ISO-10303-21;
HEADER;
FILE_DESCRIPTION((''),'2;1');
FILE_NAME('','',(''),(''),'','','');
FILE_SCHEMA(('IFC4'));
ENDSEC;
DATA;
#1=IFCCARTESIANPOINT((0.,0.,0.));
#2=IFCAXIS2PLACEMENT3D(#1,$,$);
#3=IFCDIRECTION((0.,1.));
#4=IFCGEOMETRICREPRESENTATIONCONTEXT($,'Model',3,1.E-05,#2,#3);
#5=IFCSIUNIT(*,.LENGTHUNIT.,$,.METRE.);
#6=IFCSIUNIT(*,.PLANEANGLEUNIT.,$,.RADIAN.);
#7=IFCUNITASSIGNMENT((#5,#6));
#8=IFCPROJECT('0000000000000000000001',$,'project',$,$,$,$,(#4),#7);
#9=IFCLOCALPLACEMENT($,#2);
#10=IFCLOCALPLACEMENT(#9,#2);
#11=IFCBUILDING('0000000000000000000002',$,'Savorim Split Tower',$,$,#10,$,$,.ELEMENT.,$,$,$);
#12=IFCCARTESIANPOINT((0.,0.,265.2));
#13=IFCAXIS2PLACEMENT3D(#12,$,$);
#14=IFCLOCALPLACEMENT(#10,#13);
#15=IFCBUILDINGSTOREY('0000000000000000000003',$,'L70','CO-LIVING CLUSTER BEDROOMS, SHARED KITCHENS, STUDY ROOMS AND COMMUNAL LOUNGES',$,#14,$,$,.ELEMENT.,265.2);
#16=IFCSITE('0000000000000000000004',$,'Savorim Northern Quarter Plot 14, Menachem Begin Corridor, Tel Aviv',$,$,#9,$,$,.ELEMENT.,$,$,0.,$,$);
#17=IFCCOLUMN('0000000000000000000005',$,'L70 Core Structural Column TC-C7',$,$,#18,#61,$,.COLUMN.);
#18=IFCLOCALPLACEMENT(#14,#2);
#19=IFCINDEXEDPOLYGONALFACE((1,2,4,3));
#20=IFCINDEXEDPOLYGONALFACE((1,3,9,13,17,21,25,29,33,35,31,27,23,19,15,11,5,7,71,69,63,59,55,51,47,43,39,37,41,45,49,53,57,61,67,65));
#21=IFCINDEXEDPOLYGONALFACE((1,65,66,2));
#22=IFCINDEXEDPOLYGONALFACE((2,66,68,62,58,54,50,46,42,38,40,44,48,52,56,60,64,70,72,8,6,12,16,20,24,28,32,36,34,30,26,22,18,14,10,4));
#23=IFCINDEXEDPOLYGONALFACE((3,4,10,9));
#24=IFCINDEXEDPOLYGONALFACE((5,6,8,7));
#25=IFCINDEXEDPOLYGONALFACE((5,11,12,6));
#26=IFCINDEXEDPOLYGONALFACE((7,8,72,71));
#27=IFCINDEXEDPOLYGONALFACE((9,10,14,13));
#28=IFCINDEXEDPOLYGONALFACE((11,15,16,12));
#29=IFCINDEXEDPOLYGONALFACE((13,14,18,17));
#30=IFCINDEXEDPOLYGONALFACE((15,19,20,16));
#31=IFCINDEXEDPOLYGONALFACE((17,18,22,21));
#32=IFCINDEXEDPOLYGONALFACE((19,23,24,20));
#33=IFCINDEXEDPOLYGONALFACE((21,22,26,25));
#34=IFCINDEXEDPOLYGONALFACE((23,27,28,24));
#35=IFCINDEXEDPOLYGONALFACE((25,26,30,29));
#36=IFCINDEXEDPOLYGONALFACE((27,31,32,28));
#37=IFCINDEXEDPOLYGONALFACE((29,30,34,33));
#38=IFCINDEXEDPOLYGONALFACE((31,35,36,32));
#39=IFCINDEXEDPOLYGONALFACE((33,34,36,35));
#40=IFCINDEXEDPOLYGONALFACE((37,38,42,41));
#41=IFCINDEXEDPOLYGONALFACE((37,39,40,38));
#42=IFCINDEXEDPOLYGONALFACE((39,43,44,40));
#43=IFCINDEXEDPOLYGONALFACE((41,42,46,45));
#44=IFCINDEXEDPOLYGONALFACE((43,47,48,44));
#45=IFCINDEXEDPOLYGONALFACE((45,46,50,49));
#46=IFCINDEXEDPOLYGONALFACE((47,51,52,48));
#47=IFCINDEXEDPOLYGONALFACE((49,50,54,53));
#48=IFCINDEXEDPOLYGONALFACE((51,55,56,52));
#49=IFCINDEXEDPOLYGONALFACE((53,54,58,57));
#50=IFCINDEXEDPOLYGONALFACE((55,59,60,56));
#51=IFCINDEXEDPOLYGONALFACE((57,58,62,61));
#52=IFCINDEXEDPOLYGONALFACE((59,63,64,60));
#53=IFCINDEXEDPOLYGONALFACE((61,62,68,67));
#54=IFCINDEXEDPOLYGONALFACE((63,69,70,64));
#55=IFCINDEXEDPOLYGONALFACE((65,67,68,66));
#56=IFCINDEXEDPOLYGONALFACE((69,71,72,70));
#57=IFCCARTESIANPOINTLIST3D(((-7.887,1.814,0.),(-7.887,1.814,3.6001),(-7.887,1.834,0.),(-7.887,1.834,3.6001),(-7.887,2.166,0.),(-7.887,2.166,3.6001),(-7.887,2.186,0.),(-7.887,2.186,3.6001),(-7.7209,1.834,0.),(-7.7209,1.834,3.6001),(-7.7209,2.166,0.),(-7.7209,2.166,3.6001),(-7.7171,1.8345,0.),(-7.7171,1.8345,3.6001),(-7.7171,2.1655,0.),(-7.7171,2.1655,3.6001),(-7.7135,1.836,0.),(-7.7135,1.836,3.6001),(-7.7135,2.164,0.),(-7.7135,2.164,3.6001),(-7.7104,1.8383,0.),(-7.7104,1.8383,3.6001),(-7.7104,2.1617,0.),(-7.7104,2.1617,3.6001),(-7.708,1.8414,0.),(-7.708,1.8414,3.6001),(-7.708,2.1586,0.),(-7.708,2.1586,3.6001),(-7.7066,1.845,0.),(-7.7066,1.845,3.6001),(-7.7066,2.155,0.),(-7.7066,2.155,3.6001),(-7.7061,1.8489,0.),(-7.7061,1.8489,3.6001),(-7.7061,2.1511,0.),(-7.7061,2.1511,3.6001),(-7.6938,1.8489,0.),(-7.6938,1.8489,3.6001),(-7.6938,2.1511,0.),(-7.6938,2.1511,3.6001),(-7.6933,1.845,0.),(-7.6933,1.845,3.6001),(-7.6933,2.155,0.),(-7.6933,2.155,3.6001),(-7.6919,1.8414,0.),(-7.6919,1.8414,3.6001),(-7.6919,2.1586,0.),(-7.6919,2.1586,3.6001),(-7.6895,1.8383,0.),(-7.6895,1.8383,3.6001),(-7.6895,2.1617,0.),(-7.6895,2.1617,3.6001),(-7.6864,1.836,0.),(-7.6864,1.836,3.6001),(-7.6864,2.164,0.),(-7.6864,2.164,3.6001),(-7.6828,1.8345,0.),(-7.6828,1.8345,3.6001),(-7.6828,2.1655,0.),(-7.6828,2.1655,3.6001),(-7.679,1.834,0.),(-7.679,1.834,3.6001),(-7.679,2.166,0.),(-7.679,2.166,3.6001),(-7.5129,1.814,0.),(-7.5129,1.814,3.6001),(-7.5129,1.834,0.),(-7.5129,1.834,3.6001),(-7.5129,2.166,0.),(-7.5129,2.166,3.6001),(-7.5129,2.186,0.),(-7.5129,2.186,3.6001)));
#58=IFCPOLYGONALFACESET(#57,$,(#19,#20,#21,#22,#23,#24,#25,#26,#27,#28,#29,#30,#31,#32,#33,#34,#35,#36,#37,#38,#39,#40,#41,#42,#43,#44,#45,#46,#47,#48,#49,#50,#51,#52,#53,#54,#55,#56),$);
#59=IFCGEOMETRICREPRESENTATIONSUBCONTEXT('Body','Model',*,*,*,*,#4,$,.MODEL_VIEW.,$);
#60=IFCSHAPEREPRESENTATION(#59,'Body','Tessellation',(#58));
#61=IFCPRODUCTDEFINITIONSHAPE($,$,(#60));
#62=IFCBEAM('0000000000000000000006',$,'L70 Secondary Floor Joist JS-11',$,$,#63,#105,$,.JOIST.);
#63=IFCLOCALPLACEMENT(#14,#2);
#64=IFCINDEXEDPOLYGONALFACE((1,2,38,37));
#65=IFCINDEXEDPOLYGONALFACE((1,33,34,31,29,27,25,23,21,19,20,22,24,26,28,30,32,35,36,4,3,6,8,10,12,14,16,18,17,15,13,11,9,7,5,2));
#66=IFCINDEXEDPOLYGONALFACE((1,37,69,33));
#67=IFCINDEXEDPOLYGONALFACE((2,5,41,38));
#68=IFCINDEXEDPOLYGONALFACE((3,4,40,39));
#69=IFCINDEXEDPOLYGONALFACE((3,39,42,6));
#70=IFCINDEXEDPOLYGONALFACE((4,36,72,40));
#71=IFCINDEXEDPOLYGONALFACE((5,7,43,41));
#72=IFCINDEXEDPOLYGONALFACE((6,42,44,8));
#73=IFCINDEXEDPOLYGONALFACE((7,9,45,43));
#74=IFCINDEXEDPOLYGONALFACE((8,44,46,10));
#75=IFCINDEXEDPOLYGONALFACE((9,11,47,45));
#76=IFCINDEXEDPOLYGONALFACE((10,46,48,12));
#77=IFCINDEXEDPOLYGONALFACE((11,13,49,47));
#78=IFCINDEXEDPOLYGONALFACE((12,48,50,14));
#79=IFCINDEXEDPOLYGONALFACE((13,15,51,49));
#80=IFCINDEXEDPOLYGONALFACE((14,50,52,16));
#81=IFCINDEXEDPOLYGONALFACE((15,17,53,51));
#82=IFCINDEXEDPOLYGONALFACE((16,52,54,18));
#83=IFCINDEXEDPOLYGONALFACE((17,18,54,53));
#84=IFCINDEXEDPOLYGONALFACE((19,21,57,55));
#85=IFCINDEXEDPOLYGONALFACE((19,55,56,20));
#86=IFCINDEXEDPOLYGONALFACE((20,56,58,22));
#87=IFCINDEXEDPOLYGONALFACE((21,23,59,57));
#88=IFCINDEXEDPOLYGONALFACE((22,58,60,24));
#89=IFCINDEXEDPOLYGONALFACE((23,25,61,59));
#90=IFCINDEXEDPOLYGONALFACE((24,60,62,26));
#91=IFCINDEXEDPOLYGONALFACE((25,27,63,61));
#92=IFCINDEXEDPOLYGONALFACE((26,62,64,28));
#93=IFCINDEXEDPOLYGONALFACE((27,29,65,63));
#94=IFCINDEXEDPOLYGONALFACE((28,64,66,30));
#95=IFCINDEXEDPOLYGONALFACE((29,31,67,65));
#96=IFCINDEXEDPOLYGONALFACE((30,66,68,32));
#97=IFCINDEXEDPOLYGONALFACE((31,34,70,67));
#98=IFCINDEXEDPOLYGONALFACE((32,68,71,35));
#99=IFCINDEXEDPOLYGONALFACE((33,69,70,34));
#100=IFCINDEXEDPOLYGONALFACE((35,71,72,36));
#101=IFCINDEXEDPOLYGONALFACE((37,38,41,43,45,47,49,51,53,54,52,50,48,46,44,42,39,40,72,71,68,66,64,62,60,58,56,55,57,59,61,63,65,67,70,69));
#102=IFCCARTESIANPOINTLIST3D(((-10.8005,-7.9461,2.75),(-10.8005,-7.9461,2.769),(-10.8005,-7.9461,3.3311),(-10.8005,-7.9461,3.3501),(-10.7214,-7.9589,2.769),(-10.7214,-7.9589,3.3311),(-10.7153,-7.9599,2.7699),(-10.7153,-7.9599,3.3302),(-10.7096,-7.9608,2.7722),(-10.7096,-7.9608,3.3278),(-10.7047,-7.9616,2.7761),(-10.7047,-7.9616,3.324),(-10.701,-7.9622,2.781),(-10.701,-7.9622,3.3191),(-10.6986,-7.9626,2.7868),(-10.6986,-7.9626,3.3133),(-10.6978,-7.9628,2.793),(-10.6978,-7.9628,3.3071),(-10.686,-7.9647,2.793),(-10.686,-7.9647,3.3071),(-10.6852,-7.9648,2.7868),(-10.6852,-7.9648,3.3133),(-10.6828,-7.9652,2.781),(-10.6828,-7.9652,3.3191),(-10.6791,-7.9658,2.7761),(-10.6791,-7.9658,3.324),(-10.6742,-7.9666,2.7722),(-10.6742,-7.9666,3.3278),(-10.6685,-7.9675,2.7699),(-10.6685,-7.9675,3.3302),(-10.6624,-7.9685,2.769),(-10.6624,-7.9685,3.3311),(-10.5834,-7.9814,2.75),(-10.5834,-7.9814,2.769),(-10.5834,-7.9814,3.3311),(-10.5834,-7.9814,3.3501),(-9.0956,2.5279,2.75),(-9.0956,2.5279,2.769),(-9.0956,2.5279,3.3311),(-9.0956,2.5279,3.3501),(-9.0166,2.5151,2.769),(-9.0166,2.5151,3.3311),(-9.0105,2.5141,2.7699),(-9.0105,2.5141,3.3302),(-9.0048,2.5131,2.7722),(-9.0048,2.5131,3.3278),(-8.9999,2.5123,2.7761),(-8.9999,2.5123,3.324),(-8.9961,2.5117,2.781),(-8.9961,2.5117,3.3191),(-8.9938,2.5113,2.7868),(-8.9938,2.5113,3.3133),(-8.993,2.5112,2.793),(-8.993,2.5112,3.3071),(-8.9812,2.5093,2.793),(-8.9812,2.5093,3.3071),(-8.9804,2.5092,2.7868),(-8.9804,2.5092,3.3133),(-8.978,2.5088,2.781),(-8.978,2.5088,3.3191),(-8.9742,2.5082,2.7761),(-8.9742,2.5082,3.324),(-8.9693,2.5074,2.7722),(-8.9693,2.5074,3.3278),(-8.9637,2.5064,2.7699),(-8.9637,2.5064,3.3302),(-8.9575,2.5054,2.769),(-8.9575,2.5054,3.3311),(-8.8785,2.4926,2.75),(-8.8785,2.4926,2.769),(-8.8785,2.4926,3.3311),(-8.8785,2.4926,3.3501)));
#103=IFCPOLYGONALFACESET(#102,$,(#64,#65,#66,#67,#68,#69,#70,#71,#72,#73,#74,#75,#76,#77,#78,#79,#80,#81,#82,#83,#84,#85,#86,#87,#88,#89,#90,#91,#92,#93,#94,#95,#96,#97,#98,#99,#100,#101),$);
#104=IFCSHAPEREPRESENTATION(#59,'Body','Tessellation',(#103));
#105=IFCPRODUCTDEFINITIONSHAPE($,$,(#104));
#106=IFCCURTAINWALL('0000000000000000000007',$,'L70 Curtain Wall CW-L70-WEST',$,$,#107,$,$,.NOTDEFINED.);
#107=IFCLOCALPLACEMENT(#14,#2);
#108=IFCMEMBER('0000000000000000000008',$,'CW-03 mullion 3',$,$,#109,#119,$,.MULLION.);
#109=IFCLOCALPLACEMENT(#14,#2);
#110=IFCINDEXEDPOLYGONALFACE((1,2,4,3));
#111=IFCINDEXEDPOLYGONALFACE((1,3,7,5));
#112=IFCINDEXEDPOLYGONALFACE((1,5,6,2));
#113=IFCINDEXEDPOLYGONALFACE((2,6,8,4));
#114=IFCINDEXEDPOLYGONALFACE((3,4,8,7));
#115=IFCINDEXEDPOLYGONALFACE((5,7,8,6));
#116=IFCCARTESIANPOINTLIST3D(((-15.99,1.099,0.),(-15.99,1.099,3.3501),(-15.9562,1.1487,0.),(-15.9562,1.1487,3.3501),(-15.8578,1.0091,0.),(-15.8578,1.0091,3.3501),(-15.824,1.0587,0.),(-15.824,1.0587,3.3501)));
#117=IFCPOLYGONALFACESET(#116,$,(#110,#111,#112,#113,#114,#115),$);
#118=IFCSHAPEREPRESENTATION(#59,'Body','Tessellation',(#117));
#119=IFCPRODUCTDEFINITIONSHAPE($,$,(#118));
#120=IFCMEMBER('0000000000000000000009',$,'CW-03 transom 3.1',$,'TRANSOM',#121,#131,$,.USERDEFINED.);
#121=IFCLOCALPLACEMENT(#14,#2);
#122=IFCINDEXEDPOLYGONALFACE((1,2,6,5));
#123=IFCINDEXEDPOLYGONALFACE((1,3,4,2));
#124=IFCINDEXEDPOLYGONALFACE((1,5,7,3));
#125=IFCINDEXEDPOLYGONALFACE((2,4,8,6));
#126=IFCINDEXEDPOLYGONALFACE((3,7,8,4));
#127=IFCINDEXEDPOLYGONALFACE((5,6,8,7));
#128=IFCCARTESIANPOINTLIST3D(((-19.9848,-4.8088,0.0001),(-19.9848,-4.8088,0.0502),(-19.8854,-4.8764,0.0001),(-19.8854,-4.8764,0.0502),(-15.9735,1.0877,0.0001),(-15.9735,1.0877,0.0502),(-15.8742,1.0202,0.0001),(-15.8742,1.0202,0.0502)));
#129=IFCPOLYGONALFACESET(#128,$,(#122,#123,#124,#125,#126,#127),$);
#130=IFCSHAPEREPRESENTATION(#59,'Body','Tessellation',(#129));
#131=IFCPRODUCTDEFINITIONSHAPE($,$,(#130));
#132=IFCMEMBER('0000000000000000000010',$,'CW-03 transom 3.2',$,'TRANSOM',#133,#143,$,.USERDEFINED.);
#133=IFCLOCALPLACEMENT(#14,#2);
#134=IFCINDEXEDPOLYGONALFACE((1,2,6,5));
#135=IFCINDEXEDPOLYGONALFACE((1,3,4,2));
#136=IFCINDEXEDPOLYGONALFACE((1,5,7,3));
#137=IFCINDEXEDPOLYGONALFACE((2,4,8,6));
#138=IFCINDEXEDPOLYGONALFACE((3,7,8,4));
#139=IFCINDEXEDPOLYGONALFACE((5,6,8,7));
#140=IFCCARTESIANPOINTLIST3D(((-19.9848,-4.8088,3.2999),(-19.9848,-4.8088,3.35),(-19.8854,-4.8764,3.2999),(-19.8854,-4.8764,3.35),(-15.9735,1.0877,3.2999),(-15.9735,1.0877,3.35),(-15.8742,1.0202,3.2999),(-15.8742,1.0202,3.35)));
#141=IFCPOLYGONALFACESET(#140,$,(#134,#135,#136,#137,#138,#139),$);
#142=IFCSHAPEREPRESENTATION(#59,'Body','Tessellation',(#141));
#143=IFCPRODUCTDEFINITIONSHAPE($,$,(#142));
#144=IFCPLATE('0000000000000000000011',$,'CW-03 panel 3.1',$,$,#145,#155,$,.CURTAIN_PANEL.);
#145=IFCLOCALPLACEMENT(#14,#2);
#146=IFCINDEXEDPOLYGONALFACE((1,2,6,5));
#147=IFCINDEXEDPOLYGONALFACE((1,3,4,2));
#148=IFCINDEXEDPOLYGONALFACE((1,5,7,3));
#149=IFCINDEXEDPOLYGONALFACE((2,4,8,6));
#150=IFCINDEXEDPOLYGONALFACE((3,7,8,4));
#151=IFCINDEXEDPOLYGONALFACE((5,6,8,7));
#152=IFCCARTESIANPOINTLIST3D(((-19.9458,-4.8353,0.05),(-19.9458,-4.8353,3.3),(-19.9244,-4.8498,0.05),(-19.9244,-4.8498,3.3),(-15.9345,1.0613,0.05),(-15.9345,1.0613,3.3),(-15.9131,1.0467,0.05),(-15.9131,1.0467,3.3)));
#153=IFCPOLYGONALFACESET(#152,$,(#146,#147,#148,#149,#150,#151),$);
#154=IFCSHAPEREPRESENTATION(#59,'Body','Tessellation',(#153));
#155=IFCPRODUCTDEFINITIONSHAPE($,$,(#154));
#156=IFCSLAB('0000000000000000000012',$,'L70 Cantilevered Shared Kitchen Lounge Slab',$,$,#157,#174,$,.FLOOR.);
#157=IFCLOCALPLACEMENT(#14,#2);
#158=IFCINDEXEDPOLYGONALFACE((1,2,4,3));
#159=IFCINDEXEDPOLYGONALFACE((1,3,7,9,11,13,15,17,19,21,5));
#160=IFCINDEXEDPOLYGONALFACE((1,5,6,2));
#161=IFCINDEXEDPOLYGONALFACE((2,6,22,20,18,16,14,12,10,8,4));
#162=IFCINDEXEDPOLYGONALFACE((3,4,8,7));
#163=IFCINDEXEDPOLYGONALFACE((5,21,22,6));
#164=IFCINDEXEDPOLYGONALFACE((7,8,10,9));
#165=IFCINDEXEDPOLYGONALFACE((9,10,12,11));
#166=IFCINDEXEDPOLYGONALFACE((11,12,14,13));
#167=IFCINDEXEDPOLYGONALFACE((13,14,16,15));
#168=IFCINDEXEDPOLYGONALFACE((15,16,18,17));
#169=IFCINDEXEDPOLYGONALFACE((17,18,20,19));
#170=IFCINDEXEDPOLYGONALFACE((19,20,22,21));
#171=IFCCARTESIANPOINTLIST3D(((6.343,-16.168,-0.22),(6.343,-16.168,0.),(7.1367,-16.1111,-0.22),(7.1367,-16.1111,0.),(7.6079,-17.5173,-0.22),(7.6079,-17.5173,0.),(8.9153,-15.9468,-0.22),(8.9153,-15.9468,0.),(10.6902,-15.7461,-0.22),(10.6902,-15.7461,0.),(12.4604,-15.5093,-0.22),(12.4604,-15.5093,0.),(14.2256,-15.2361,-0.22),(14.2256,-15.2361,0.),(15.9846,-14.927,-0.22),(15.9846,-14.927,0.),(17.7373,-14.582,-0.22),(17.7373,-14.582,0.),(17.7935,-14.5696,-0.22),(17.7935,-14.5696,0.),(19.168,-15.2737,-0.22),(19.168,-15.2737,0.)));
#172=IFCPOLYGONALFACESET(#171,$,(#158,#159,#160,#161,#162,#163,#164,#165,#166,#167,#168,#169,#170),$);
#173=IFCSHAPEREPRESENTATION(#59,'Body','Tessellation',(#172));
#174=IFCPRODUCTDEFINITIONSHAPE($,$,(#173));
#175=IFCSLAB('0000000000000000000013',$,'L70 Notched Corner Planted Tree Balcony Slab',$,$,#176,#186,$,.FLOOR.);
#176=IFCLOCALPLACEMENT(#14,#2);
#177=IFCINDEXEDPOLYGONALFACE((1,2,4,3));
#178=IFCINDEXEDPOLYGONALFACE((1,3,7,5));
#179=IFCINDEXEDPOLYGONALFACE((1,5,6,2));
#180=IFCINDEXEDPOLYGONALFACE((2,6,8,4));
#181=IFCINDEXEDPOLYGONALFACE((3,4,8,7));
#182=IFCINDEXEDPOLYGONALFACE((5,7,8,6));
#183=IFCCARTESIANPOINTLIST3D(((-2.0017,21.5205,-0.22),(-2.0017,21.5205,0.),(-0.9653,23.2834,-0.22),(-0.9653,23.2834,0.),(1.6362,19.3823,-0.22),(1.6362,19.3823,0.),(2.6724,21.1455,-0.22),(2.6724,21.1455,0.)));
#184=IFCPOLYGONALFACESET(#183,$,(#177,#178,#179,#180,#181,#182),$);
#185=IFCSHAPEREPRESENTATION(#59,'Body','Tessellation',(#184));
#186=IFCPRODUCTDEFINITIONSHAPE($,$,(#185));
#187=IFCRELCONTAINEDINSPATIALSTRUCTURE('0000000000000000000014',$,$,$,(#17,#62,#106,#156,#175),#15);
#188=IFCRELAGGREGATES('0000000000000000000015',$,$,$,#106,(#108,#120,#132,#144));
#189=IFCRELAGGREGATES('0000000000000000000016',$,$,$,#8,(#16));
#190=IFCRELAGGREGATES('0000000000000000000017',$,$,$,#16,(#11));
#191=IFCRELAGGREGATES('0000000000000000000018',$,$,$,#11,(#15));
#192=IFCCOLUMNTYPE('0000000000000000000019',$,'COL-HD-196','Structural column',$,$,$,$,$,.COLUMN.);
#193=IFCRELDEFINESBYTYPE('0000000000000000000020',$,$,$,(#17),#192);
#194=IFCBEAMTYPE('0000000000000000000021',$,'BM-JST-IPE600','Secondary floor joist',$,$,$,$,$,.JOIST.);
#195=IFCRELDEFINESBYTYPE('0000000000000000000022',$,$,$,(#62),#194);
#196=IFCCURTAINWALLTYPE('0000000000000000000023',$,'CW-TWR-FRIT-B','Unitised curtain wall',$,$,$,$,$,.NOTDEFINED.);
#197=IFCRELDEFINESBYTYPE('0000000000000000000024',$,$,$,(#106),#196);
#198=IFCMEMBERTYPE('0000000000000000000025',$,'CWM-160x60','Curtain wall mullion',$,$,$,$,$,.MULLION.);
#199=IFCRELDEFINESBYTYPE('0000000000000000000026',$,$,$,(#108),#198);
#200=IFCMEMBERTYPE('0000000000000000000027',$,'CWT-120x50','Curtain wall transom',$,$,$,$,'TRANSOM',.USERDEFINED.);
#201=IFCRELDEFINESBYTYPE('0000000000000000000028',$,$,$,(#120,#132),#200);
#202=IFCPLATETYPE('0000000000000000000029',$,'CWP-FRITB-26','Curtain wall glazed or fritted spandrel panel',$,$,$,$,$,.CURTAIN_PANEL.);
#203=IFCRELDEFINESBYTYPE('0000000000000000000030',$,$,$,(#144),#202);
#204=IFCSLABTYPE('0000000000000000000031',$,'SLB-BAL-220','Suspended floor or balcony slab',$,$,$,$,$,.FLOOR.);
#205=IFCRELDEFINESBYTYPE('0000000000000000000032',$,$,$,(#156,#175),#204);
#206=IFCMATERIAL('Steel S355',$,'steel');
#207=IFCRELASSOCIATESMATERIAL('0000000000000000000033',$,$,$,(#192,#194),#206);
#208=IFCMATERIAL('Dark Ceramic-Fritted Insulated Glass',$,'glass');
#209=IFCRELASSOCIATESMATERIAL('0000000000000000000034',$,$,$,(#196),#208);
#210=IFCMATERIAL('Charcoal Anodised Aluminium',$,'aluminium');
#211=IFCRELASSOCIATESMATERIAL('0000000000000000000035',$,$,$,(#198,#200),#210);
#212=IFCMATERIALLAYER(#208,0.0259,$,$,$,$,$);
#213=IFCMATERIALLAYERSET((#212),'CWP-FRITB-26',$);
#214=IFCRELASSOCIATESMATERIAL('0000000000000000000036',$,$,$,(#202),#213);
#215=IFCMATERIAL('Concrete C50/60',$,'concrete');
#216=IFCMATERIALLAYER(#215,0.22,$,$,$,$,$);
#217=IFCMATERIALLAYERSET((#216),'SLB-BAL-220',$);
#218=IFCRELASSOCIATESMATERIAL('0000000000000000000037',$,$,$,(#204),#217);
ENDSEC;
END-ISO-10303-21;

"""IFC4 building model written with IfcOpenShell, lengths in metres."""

from ifc_helpers import new_model, si_unit, direction, frame, origin, origin_2d, place, context, subcontext, project, spatial, polyline, rectangle, i_section, outline, extrude, material, layer, layer_set, material_profile, profile_set, type_object, element, aggregate, save


model = new_model("IFC4")

# Units and contexts
model_context = context("Model", 3, precision=1e-05, world=origin(), true_north=direction((0.0, 1.0)))
body_context = subcontext(model_context, "Body", "Model", "MODEL_VIEW")
ifc_project = project(units=[si_unit("LENGTHUNIT", "METRE"), si_unit("PLANEANGLEUNIT", "RADIAN")], contexts=[model_context])

# Site, building, storey
site_placement = place(None, origin())
site = spatial("IfcSite", under=ifc_project, at=site_placement, Name="Savorim Northern Quarter Plot 14, Menachem Begin Corridor, Tel Aviv", CompositionType="ELEMENT", RefElevation=0.0)
building_placement = place(site_placement, origin())
building = spatial("IfcBuilding", under=site, at=building_placement, Name="Savorim Split Tower", CompositionType="ELEMENT")
storey_placement = place(building_placement, frame((0.0, 0.0, 265.2)))
storey = spatial("IfcBuildingStorey", under=building, at=storey_placement, Name="L70", Description="CO-LIVING CLUSTER BEDROOMS, SHARED KITCHENS, STUDY ROOMS AND COMMUNAL LOUNGES", CompositionType="ELEMENT", Elevation=265.2)

# Column
ifc_material_1 = material(Name="Steel S355", Category="steel")
ifc_material_profile_1 = material_profile(ifc_material_1, i_section(OverallWidth=0.374, OverallDepth=0.3721, WebThickness=0.0122, FlangeThickness=0.02, FilletRadius=0.0149, at=origin_2d()), Name="HD 360x196")
ifc_profile_set_1 = profile_set([ifc_material_profile_1], Name="Steel S355")
column_type = type_object("IfcColumnType", Name="COL-HD-196", Description="Structural column", PredefinedType="COLUMN", material=ifc_profile_set_1)
column_placement = place(storey_placement, frame((-7.7, 2.0, 0.0), z_axis=(0.0, 0.0, 1.0), x_axis=(1.0, 0.0, 0.0)))
element("IfcColumn", 1, at=column_placement, inside=storey, type_object=column_type, Name="L70 Core Structural Column TC-C7", PredefinedType="COLUMN", context=body_context, shape_type="SweptSolid", body=[
    extrude(i_section(OverallWidth=0.374, OverallDepth=0.3721, WebThickness=0.0122, FlangeThickness=0.02, FilletRadius=0.0149, at=origin_2d()), origin(), (0.0, 0.0, 1.0), 3.6001),
])

# Beam
ifc_material_profile_2 = material_profile(ifc_material_1, i_section(OverallWidth=0.22, OverallDepth=0.6001, WebThickness=0.012, FlangeThickness=0.019, FilletRadius=0.0239, at=origin_2d()), Name="IPE 600")
ifc_profile_set_2 = profile_set([ifc_material_profile_2], Name="Steel S355")
beam_type = type_object("IfcBeamType", Name="BM-JST-IPE600", Description="Secondary floor joist", PredefinedType="JOIST", material=ifc_profile_set_2)
beam_placement = place(storey_placement, frame((-8.9871, 2.5103, 3.05), z_axis=(-0.160656, -0.98701, 0.0), x_axis=(0.98701, -0.160656, 0.0)))
element("IfcBeam", 2, at=beam_placement, inside=storey, type_object=beam_type, Name="L70 Secondary Floor Joist JS-11", PredefinedType="JOIST", context=body_context, shape_type="SweptSolid", body=[
    extrude(i_section(OverallWidth=0.22, OverallDepth=0.6001, WebThickness=0.012, FlangeThickness=0.019, FilletRadius=0.0239, at=origin_2d()), origin(), (0.0, 0.0, 1.0), 10.6118),
])

# Curtain wall, members, plate
ifc_material_2 = material(Name="Dark Ceramic-Fritted Insulated Glass", Category="glass")
curtain_wall_type = type_object("IfcCurtainWallType", Name="CW-TWR-FRIT-B", Description="Unitised curtain wall", PredefinedType="NOTDEFINED", material=ifc_material_2)
curtain_wall_placement = place(storey_placement, origin())
curtain_wall = element("IfcCurtainWall", 3, at=curtain_wall_placement, inside=storey, type_object=curtain_wall_type, Name="L70 Curtain Wall CW-L70-WEST", PredefinedType="NOTDEFINED")
ifc_material_3 = material(Name="Charcoal Anodised Aluminium", Category="aluminium")
ifc_material_profile_3 = material_profile(ifc_material_3, rectangle(XDim=0.1599, YDim=0.0601, at=origin_2d()), Name="ALU-M 160x60")
ifc_profile_set_3 = profile_set([ifc_material_profile_3], Name="Charcoal Anodised Aluminium")
member_type_1 = type_object("IfcMemberType", Name="CWM-160x60", Description="Curtain wall mullion", PredefinedType="MULLION", material=ifc_profile_set_3)
member_1_placement = place(storey_placement, frame((-15.907, 1.0789, 0.0), z_axis=(0.0, 0.0, 1.0), x_axis=(0.826817, -0.56247, 0.0)))
member_1 = element("IfcMember", 4, at=member_1_placement, type_object=member_type_1, Name="CW-03 mullion 3", PredefinedType="MULLION", context=body_context, shape_type="SweptSolid", body=[
    extrude(rectangle(XDim=0.1599, YDim=0.0601, at=origin_2d()), origin(), (0.0, 0.0, 1.0), 3.3501),
])
ifc_material_profile_4 = material_profile(ifc_material_3, rectangle(XDim=0.1201, YDim=0.05, at=origin_2d()), Name="ALU-T 120x50")
ifc_profile_set_4 = profile_set([ifc_material_profile_4], Name="Charcoal Anodised Aluminium")
member_type_2 = type_object("IfcMemberType", Name="CWT-120x50", Description="Curtain wall transom", ElementType="TRANSOM", PredefinedType="USERDEFINED", material=ifc_profile_set_4)
member_2_placement = place(storey_placement, frame((-15.9238, 1.054, 0.0251), z_axis=(-0.562465, -0.826821, 0.0), x_axis=(0.826821, -0.562465, 0.0)))
member_2 = element("IfcMember", 5, at=member_2_placement, type_object=member_type_2, Name="CW-03 transom 3.1", ObjectType="TRANSOM", PredefinedType="USERDEFINED", context=body_context, shape_type="SweptSolid", body=[
    extrude(rectangle(XDim=0.1201, YDim=0.05, at=origin_2d()), origin(), (0.0, 0.0, 1.0), 7.1316),
])
member_3_placement = place(storey_placement, frame((-15.9238, 1.054, 3.325), z_axis=(-0.562465, -0.826821, 0.0), x_axis=(0.826821, -0.562465, 0.0)))
member_3 = element("IfcMember", 6, at=member_3_placement, type_object=member_type_2, Name="CW-03 transom 3.2", ObjectType="TRANSOM", PredefinedType="USERDEFINED", context=body_context, shape_type="SweptSolid", body=[
    extrude(rectangle(XDim=0.1201, YDim=0.05, at=origin_2d()), origin(), (0.0, 0.0, 1.0), 7.1316),
])
ifc_layer_1 = layer(ifc_material_2, 0.0259)
ifc_layer_set_1 = layer_set([ifc_layer_1], Name="CWP-FRITB-26")
plate_type = type_object("IfcPlateType", Name="CWP-FRITB-26", Description="Curtain wall glazed or fritted spandrel panel", PredefinedType="CURTAIN_PANEL", material=ifc_layer_set_1)
plate_placement = place(storey_placement, frame((-17.9294, -1.8943, 0.05), z_axis=(0.0, 0.0, 1.0), x_axis=(-0.56247, -0.826817, 0.0)))
plate = element("IfcPlate", 7, at=plate_placement, type_object=plate_type, Name="CW-03 panel 3.1", PredefinedType="CURTAIN_PANEL", context=body_context, shape_type="SweptSolid", body=[
    extrude(rectangle(XDim=7.1316, YDim=0.0259, at=origin_2d()), origin(), (0.0, 0.0, 1.0), 3.25),
])
aggregate(curtain_wall, [member_1, member_2, member_3, plate])

# Slabs
ifc_material_4 = material(Name="Concrete C50/60", Category="concrete")
ifc_layer_2 = layer(ifc_material_4, 0.22)
ifc_layer_set_2 = layer_set([ifc_layer_2], Name="SLB-BAL-220")
slab_type_1 = type_object("IfcSlabType", Name="SLB-BAL-220", Description="Suspended floor or balcony slab", PredefinedType="FLOOR", material=ifc_layer_set_2)
slab_1_placement = place(storey_placement, frame((0.0, 0.0, -0.22)))
element("IfcSlab", 8, at=slab_1_placement, inside=storey, type_object=slab_type_1, Name="L70 Cantilevered Shared Kitchen Lounge Slab", PredefinedType="FLOOR", context=body_context, shape_type="SweptSolid", body=[
    extrude(outline(polyline([(17.7935, -14.5696), (17.7373, -14.582), (15.9846, -14.927), (14.2256, -15.2361), (12.4604, -15.5093), (10.6902, -15.7461), (8.9153, -15.9468), (7.1367, -16.1111), (6.343, -16.168), (7.6079, -17.5173), (19.168, -15.2737), (17.7935, -14.5696)])), origin(), (0.0, 0.0, 1.0), 0.22),
])
slab_2_placement = place(storey_placement, frame((0.0, 0.0, -0.22)))
element("IfcSlab", 9, at=slab_2_placement, inside=storey, type_object=slab_type_1, Name="L70 Notched Corner Planted Tree Balcony Slab", PredefinedType="FLOOR", context=body_context, shape_type="SweptSolid", body=[
    extrude(outline(polyline([(-2.0017, 21.5205), (1.6362, 19.3823), (2.6724, 21.1455), (-0.9653, 23.2834), (-2.0017, 21.5205)])), origin(), (0.0, 0.0, 1.0), 0.22),
])

save(model, "model.ifc")
